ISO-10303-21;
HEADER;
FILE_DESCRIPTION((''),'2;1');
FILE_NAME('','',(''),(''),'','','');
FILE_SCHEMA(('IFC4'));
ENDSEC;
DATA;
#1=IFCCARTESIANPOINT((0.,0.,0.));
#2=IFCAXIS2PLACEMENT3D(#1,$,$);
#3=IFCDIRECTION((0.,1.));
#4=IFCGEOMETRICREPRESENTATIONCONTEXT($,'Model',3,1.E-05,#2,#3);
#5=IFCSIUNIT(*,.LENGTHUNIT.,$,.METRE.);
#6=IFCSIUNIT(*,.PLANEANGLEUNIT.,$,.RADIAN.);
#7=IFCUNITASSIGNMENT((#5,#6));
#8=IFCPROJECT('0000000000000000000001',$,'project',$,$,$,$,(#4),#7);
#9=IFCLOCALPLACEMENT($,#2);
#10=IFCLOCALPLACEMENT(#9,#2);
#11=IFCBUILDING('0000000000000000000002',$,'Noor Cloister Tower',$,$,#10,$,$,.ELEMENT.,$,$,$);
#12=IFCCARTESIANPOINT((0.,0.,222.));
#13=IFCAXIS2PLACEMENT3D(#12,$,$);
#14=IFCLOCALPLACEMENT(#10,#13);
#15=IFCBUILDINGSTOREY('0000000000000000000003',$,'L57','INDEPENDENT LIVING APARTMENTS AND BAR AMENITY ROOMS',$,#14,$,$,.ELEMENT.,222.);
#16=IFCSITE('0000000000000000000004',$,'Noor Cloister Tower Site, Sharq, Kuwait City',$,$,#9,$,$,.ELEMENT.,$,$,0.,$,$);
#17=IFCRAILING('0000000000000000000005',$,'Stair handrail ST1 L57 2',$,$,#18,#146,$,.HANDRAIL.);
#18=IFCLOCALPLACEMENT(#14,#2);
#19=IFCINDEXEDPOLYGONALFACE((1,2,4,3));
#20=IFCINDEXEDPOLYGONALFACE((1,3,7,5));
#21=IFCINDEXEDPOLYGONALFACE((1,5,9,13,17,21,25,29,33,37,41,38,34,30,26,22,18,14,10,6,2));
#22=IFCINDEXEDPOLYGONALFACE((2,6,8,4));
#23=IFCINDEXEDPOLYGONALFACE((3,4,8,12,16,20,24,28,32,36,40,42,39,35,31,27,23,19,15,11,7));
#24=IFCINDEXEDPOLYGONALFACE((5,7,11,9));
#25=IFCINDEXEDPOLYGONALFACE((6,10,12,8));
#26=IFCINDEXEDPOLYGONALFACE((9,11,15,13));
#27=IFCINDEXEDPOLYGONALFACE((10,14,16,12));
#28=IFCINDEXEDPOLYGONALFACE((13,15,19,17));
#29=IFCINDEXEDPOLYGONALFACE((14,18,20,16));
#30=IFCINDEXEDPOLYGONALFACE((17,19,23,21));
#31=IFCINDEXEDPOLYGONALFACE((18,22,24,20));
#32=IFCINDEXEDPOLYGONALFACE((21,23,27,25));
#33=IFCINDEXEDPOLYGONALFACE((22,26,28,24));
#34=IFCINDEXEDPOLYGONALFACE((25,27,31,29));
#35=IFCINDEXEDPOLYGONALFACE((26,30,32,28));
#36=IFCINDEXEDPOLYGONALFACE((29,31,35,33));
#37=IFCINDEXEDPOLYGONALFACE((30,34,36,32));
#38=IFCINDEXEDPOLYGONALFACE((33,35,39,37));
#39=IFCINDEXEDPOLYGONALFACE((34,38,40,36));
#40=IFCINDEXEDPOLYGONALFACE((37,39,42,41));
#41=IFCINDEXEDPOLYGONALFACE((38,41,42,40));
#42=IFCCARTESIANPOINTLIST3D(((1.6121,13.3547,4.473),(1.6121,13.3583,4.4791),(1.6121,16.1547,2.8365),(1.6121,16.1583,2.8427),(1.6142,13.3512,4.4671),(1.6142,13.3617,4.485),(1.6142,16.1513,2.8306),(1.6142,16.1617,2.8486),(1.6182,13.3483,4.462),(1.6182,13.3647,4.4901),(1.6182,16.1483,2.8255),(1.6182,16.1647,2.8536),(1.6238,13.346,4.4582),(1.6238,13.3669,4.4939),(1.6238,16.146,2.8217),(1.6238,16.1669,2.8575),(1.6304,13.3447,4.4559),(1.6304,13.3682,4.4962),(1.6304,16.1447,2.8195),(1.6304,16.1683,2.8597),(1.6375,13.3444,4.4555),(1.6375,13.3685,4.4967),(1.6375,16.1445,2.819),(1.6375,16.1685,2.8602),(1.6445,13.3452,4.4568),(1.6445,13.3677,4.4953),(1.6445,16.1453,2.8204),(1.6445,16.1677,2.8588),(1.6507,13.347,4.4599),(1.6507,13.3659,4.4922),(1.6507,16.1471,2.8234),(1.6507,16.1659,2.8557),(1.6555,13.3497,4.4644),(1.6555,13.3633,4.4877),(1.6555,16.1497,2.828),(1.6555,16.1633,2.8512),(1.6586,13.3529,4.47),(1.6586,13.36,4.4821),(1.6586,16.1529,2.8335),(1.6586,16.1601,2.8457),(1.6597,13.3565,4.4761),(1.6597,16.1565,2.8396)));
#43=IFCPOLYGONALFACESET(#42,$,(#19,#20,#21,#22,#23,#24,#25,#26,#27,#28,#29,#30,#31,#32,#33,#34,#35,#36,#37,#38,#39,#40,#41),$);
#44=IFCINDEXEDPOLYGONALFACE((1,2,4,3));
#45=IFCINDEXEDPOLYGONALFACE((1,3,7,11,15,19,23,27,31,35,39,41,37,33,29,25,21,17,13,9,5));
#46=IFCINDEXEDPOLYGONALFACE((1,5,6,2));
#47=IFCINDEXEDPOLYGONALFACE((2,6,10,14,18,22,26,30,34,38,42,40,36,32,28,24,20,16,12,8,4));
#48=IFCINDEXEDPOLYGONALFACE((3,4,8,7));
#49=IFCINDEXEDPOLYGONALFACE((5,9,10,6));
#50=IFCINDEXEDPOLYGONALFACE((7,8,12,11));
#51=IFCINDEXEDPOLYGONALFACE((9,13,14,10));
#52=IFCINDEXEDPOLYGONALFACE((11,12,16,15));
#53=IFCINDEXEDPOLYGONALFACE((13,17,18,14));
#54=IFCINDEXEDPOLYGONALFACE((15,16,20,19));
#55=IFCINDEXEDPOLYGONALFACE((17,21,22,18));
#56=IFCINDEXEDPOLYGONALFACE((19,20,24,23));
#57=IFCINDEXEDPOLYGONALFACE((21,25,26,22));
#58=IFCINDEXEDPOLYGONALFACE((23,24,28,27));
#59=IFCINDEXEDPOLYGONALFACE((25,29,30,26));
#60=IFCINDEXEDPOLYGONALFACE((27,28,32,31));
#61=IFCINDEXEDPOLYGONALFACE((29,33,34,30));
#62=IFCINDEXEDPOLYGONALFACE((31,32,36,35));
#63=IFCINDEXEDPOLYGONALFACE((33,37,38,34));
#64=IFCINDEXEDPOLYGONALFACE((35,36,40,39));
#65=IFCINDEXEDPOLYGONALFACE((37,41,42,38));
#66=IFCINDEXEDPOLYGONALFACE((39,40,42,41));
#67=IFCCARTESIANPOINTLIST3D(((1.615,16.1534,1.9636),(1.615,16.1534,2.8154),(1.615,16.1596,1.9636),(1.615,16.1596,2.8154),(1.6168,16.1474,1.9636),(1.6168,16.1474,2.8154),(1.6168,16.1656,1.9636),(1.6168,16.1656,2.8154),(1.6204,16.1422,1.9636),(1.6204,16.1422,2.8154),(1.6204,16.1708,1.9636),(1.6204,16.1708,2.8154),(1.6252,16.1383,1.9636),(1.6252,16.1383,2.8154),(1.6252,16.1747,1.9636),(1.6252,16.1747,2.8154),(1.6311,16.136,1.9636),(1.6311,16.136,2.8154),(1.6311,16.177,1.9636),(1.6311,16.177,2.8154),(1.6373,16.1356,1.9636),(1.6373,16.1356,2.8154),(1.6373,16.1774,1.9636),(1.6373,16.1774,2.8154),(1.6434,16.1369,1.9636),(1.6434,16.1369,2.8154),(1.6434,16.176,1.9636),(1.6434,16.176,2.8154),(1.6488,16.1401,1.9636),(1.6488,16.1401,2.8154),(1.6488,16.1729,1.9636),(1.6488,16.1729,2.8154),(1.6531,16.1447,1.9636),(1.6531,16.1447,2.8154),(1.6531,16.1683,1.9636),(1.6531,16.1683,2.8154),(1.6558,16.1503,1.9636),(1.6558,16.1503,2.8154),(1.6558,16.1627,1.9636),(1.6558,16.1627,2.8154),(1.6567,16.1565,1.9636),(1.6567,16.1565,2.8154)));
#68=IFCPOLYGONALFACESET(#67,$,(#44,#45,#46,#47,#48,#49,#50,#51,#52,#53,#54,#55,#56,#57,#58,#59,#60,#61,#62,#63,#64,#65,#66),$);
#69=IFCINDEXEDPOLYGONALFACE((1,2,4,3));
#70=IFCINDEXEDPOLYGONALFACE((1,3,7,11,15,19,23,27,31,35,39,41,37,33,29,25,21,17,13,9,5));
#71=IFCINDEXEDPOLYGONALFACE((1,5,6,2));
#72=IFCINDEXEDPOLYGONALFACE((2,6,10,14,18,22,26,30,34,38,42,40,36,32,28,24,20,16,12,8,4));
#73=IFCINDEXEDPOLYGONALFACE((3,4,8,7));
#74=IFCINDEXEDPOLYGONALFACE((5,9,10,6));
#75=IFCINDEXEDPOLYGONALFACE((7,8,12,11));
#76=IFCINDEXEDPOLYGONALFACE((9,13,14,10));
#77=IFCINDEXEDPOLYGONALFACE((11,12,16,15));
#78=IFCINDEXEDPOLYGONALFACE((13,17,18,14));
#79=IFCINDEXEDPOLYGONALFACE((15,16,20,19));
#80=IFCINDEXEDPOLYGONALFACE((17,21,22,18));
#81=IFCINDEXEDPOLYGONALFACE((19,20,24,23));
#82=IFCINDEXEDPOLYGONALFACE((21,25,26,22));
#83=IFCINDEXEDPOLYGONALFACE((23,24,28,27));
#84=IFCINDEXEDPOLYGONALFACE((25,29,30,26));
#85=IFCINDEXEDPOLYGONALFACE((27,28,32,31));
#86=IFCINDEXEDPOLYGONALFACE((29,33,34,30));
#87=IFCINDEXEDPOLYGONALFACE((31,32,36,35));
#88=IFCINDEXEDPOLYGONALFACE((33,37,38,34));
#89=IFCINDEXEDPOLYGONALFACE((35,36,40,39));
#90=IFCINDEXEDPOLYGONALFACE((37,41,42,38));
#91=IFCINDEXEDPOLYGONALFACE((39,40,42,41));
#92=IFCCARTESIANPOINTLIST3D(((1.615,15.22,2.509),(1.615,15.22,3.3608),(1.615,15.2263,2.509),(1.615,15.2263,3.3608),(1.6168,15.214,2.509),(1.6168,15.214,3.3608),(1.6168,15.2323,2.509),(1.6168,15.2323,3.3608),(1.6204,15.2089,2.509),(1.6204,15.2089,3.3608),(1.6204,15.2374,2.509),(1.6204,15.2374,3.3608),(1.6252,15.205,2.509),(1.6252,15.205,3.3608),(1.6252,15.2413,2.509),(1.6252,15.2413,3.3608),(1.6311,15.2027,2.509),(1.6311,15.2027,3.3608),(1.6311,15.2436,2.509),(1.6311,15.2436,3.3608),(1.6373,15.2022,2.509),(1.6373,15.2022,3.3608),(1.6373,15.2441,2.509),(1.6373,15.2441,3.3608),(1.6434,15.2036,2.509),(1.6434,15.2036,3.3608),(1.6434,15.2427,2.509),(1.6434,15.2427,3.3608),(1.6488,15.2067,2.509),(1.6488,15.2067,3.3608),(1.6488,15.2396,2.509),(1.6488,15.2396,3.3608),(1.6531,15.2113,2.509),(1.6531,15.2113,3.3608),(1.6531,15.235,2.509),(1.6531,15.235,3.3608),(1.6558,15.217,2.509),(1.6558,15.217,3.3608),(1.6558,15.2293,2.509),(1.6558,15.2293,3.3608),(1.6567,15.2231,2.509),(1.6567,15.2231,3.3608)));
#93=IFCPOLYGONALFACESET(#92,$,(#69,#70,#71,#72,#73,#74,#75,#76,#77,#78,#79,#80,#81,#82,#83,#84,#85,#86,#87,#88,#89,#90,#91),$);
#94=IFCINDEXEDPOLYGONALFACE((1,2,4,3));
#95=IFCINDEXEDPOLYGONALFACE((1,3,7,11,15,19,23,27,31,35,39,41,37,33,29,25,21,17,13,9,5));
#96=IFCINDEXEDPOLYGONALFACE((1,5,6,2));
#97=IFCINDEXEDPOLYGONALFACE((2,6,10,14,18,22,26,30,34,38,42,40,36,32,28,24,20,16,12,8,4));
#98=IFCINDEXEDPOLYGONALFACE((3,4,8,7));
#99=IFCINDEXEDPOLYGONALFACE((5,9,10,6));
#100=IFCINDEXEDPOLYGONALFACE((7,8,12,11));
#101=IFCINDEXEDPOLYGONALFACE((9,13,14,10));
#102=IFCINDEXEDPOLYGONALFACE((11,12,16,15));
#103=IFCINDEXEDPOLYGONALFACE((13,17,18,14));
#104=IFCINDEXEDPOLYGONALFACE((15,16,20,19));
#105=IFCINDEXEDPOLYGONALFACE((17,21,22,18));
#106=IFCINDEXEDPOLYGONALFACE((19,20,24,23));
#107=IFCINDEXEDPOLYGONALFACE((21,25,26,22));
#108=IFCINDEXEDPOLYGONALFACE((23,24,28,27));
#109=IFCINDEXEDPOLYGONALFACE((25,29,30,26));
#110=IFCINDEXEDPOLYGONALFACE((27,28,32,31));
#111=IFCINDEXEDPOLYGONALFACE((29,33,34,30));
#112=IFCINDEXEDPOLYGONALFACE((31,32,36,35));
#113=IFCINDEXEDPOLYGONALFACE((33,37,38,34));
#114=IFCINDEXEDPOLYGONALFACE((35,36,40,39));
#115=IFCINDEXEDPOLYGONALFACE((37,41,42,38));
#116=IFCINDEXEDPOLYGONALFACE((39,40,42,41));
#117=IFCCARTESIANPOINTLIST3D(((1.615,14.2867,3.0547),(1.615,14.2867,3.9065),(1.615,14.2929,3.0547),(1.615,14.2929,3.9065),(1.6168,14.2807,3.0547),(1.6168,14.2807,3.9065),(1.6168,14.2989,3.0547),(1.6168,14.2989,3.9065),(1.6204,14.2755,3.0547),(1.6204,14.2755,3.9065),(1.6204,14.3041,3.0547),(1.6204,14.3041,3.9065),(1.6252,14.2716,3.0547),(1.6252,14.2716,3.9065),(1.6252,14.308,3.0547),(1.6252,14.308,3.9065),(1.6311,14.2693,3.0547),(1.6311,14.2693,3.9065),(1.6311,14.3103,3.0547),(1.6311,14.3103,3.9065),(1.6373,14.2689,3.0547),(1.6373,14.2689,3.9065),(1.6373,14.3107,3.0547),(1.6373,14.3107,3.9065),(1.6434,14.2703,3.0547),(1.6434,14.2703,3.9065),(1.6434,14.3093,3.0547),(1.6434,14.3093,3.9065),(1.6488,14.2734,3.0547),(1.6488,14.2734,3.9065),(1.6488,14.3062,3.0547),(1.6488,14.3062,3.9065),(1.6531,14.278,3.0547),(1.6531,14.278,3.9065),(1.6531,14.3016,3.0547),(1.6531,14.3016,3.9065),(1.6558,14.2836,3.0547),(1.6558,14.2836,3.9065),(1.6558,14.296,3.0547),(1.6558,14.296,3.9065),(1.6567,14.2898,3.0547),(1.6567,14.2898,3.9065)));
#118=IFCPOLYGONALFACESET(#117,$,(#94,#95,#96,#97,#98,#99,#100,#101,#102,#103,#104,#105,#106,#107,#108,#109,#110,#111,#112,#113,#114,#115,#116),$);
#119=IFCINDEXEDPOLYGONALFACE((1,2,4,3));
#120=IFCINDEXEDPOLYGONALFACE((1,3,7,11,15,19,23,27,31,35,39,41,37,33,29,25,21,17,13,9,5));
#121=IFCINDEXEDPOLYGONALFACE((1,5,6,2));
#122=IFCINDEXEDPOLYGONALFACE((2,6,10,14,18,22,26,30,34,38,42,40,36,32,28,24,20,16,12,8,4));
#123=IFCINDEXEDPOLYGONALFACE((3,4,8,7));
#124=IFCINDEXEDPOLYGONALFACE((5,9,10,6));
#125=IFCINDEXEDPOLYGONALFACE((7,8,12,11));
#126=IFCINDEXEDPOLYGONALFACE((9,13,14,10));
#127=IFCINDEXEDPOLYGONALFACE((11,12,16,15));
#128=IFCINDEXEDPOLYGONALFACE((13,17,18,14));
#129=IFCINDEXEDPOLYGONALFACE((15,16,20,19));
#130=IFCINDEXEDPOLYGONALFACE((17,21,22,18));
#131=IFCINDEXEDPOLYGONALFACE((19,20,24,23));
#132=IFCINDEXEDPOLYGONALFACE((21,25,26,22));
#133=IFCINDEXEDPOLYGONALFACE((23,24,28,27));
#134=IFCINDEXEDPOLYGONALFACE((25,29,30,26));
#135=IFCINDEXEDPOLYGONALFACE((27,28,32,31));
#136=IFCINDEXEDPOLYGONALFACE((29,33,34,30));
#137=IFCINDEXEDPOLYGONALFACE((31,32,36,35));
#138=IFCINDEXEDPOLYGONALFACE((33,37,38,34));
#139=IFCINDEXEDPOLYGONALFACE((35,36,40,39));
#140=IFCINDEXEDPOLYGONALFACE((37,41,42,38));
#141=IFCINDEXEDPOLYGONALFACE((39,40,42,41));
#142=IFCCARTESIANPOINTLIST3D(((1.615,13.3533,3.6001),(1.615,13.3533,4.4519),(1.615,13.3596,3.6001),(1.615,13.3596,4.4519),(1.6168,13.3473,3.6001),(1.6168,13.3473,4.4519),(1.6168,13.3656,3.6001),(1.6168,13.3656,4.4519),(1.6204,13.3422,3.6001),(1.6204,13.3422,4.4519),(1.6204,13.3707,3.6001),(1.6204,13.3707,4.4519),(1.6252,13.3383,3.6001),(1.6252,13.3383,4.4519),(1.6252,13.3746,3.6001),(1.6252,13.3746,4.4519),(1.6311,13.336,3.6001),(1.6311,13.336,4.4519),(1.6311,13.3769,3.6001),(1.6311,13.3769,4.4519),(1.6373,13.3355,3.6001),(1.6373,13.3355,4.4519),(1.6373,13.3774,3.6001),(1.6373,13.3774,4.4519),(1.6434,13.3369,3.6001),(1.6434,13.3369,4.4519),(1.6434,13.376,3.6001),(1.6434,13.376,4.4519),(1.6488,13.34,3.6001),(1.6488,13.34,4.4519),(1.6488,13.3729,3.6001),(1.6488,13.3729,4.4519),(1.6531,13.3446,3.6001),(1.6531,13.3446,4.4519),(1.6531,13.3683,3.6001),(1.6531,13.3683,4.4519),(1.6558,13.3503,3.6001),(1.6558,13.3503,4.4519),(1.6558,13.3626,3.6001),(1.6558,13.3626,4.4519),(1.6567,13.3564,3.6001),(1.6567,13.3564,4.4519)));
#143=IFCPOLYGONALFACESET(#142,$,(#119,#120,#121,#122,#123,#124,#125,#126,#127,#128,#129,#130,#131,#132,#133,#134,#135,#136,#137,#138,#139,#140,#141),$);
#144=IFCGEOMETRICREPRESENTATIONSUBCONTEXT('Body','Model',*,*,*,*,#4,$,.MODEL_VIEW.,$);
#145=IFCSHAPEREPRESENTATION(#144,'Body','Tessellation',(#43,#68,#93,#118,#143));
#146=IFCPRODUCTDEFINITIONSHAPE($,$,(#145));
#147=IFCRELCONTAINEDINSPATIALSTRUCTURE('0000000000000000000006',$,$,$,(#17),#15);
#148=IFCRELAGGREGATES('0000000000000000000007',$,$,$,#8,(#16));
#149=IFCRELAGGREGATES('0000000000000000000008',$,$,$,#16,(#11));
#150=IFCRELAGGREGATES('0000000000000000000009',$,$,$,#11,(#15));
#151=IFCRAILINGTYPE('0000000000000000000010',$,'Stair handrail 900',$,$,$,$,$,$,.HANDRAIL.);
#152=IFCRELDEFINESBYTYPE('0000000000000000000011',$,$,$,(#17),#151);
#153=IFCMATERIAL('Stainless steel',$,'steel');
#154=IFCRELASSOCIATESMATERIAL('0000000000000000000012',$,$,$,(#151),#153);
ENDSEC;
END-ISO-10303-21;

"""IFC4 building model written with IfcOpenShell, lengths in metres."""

from ifc_helpers import new_model, si_unit, direction, frame, origin, origin_2d, place, context, subcontext, project, spatial, circle, extrude, material, type_object, element, save


model = new_model("IFC4")

# Units and contexts
model_context = context("Model", 3, precision=1e-05, world=origin(), true_north=direction((0.0, 1.0)))
body_context = subcontext(model_context, "Body", "Model", "MODEL_VIEW")
ifc_project = project(units=[si_unit("LENGTHUNIT", "METRE"), si_unit("PLANEANGLEUNIT", "RADIAN")], contexts=[model_context])

# Site, building, storey
site_placement = place(None, origin())
site = spatial("IfcSite", under=ifc_project, at=site_placement, Name="Noor Cloister Tower Site, Sharq, Kuwait City", CompositionType="ELEMENT", RefElevation=0.0)
building_placement = place(site_placement, origin())
building = spatial("IfcBuilding", under=site, at=building_placement, Name="Noor Cloister Tower", CompositionType="ELEMENT")
storey_placement = place(building_placement, frame((0.0, 0.0, 222.0)))
storey = spatial("IfcBuildingStorey", under=building, at=storey_placement, Name="L57", Description="INDEPENDENT LIVING APARTMENTS AND BAR AMENITY ROOMS", CompositionType="ELEMENT", Elevation=222.0)

# Railing
ifc_material_1 = material(Name="Stainless steel", Category="steel")
railing_type_1 = type_object("IfcRailingType", Name="Stair handrail 900", PredefinedType="HANDRAIL", material=ifc_material_1)
railing_1_placement = place(storey_placement, frame((1.6357, 16.1565, 1.9636)))
element("IfcRailing", 1, at=railing_1_placement, inside=storey, type_object=railing_type_1, Name="Stair handrail ST1 L57 2", PredefinedType="HANDRAIL", context=body_context, shape_type="SweptSolid", body=[
    extrude(circle(Radius=0.0239, at=origin_2d()), frame((0.0, 0.0, 0.876), z_axis=(0.0, -0.863361, 0.504587), x_axis=(1.0, 0.0, 0.0)), (0.0, 0.0, 1.0), 3.2432),
    extrude(circle(Radius=0.021, at=origin_2d()), origin(), (0.0, 0.0, 1.0), 0.8518),
    extrude(circle(Radius=0.021, at=origin_2d()), frame((0.0, -0.9333, 0.5454)), (0.0, 0.0, 1.0), 0.8518),
    extrude(circle(Radius=0.021, at=origin_2d()), frame((0.0, -1.8667, 1.0911)), (0.0, 0.0, 1.0), 0.8518),
    extrude(circle(Radius=0.021, at=origin_2d()), frame((0.0, -2.8, 1.6365)), (0.0, 0.0, 1.0), 0.8518),
])

save(model, "model.ifc")
